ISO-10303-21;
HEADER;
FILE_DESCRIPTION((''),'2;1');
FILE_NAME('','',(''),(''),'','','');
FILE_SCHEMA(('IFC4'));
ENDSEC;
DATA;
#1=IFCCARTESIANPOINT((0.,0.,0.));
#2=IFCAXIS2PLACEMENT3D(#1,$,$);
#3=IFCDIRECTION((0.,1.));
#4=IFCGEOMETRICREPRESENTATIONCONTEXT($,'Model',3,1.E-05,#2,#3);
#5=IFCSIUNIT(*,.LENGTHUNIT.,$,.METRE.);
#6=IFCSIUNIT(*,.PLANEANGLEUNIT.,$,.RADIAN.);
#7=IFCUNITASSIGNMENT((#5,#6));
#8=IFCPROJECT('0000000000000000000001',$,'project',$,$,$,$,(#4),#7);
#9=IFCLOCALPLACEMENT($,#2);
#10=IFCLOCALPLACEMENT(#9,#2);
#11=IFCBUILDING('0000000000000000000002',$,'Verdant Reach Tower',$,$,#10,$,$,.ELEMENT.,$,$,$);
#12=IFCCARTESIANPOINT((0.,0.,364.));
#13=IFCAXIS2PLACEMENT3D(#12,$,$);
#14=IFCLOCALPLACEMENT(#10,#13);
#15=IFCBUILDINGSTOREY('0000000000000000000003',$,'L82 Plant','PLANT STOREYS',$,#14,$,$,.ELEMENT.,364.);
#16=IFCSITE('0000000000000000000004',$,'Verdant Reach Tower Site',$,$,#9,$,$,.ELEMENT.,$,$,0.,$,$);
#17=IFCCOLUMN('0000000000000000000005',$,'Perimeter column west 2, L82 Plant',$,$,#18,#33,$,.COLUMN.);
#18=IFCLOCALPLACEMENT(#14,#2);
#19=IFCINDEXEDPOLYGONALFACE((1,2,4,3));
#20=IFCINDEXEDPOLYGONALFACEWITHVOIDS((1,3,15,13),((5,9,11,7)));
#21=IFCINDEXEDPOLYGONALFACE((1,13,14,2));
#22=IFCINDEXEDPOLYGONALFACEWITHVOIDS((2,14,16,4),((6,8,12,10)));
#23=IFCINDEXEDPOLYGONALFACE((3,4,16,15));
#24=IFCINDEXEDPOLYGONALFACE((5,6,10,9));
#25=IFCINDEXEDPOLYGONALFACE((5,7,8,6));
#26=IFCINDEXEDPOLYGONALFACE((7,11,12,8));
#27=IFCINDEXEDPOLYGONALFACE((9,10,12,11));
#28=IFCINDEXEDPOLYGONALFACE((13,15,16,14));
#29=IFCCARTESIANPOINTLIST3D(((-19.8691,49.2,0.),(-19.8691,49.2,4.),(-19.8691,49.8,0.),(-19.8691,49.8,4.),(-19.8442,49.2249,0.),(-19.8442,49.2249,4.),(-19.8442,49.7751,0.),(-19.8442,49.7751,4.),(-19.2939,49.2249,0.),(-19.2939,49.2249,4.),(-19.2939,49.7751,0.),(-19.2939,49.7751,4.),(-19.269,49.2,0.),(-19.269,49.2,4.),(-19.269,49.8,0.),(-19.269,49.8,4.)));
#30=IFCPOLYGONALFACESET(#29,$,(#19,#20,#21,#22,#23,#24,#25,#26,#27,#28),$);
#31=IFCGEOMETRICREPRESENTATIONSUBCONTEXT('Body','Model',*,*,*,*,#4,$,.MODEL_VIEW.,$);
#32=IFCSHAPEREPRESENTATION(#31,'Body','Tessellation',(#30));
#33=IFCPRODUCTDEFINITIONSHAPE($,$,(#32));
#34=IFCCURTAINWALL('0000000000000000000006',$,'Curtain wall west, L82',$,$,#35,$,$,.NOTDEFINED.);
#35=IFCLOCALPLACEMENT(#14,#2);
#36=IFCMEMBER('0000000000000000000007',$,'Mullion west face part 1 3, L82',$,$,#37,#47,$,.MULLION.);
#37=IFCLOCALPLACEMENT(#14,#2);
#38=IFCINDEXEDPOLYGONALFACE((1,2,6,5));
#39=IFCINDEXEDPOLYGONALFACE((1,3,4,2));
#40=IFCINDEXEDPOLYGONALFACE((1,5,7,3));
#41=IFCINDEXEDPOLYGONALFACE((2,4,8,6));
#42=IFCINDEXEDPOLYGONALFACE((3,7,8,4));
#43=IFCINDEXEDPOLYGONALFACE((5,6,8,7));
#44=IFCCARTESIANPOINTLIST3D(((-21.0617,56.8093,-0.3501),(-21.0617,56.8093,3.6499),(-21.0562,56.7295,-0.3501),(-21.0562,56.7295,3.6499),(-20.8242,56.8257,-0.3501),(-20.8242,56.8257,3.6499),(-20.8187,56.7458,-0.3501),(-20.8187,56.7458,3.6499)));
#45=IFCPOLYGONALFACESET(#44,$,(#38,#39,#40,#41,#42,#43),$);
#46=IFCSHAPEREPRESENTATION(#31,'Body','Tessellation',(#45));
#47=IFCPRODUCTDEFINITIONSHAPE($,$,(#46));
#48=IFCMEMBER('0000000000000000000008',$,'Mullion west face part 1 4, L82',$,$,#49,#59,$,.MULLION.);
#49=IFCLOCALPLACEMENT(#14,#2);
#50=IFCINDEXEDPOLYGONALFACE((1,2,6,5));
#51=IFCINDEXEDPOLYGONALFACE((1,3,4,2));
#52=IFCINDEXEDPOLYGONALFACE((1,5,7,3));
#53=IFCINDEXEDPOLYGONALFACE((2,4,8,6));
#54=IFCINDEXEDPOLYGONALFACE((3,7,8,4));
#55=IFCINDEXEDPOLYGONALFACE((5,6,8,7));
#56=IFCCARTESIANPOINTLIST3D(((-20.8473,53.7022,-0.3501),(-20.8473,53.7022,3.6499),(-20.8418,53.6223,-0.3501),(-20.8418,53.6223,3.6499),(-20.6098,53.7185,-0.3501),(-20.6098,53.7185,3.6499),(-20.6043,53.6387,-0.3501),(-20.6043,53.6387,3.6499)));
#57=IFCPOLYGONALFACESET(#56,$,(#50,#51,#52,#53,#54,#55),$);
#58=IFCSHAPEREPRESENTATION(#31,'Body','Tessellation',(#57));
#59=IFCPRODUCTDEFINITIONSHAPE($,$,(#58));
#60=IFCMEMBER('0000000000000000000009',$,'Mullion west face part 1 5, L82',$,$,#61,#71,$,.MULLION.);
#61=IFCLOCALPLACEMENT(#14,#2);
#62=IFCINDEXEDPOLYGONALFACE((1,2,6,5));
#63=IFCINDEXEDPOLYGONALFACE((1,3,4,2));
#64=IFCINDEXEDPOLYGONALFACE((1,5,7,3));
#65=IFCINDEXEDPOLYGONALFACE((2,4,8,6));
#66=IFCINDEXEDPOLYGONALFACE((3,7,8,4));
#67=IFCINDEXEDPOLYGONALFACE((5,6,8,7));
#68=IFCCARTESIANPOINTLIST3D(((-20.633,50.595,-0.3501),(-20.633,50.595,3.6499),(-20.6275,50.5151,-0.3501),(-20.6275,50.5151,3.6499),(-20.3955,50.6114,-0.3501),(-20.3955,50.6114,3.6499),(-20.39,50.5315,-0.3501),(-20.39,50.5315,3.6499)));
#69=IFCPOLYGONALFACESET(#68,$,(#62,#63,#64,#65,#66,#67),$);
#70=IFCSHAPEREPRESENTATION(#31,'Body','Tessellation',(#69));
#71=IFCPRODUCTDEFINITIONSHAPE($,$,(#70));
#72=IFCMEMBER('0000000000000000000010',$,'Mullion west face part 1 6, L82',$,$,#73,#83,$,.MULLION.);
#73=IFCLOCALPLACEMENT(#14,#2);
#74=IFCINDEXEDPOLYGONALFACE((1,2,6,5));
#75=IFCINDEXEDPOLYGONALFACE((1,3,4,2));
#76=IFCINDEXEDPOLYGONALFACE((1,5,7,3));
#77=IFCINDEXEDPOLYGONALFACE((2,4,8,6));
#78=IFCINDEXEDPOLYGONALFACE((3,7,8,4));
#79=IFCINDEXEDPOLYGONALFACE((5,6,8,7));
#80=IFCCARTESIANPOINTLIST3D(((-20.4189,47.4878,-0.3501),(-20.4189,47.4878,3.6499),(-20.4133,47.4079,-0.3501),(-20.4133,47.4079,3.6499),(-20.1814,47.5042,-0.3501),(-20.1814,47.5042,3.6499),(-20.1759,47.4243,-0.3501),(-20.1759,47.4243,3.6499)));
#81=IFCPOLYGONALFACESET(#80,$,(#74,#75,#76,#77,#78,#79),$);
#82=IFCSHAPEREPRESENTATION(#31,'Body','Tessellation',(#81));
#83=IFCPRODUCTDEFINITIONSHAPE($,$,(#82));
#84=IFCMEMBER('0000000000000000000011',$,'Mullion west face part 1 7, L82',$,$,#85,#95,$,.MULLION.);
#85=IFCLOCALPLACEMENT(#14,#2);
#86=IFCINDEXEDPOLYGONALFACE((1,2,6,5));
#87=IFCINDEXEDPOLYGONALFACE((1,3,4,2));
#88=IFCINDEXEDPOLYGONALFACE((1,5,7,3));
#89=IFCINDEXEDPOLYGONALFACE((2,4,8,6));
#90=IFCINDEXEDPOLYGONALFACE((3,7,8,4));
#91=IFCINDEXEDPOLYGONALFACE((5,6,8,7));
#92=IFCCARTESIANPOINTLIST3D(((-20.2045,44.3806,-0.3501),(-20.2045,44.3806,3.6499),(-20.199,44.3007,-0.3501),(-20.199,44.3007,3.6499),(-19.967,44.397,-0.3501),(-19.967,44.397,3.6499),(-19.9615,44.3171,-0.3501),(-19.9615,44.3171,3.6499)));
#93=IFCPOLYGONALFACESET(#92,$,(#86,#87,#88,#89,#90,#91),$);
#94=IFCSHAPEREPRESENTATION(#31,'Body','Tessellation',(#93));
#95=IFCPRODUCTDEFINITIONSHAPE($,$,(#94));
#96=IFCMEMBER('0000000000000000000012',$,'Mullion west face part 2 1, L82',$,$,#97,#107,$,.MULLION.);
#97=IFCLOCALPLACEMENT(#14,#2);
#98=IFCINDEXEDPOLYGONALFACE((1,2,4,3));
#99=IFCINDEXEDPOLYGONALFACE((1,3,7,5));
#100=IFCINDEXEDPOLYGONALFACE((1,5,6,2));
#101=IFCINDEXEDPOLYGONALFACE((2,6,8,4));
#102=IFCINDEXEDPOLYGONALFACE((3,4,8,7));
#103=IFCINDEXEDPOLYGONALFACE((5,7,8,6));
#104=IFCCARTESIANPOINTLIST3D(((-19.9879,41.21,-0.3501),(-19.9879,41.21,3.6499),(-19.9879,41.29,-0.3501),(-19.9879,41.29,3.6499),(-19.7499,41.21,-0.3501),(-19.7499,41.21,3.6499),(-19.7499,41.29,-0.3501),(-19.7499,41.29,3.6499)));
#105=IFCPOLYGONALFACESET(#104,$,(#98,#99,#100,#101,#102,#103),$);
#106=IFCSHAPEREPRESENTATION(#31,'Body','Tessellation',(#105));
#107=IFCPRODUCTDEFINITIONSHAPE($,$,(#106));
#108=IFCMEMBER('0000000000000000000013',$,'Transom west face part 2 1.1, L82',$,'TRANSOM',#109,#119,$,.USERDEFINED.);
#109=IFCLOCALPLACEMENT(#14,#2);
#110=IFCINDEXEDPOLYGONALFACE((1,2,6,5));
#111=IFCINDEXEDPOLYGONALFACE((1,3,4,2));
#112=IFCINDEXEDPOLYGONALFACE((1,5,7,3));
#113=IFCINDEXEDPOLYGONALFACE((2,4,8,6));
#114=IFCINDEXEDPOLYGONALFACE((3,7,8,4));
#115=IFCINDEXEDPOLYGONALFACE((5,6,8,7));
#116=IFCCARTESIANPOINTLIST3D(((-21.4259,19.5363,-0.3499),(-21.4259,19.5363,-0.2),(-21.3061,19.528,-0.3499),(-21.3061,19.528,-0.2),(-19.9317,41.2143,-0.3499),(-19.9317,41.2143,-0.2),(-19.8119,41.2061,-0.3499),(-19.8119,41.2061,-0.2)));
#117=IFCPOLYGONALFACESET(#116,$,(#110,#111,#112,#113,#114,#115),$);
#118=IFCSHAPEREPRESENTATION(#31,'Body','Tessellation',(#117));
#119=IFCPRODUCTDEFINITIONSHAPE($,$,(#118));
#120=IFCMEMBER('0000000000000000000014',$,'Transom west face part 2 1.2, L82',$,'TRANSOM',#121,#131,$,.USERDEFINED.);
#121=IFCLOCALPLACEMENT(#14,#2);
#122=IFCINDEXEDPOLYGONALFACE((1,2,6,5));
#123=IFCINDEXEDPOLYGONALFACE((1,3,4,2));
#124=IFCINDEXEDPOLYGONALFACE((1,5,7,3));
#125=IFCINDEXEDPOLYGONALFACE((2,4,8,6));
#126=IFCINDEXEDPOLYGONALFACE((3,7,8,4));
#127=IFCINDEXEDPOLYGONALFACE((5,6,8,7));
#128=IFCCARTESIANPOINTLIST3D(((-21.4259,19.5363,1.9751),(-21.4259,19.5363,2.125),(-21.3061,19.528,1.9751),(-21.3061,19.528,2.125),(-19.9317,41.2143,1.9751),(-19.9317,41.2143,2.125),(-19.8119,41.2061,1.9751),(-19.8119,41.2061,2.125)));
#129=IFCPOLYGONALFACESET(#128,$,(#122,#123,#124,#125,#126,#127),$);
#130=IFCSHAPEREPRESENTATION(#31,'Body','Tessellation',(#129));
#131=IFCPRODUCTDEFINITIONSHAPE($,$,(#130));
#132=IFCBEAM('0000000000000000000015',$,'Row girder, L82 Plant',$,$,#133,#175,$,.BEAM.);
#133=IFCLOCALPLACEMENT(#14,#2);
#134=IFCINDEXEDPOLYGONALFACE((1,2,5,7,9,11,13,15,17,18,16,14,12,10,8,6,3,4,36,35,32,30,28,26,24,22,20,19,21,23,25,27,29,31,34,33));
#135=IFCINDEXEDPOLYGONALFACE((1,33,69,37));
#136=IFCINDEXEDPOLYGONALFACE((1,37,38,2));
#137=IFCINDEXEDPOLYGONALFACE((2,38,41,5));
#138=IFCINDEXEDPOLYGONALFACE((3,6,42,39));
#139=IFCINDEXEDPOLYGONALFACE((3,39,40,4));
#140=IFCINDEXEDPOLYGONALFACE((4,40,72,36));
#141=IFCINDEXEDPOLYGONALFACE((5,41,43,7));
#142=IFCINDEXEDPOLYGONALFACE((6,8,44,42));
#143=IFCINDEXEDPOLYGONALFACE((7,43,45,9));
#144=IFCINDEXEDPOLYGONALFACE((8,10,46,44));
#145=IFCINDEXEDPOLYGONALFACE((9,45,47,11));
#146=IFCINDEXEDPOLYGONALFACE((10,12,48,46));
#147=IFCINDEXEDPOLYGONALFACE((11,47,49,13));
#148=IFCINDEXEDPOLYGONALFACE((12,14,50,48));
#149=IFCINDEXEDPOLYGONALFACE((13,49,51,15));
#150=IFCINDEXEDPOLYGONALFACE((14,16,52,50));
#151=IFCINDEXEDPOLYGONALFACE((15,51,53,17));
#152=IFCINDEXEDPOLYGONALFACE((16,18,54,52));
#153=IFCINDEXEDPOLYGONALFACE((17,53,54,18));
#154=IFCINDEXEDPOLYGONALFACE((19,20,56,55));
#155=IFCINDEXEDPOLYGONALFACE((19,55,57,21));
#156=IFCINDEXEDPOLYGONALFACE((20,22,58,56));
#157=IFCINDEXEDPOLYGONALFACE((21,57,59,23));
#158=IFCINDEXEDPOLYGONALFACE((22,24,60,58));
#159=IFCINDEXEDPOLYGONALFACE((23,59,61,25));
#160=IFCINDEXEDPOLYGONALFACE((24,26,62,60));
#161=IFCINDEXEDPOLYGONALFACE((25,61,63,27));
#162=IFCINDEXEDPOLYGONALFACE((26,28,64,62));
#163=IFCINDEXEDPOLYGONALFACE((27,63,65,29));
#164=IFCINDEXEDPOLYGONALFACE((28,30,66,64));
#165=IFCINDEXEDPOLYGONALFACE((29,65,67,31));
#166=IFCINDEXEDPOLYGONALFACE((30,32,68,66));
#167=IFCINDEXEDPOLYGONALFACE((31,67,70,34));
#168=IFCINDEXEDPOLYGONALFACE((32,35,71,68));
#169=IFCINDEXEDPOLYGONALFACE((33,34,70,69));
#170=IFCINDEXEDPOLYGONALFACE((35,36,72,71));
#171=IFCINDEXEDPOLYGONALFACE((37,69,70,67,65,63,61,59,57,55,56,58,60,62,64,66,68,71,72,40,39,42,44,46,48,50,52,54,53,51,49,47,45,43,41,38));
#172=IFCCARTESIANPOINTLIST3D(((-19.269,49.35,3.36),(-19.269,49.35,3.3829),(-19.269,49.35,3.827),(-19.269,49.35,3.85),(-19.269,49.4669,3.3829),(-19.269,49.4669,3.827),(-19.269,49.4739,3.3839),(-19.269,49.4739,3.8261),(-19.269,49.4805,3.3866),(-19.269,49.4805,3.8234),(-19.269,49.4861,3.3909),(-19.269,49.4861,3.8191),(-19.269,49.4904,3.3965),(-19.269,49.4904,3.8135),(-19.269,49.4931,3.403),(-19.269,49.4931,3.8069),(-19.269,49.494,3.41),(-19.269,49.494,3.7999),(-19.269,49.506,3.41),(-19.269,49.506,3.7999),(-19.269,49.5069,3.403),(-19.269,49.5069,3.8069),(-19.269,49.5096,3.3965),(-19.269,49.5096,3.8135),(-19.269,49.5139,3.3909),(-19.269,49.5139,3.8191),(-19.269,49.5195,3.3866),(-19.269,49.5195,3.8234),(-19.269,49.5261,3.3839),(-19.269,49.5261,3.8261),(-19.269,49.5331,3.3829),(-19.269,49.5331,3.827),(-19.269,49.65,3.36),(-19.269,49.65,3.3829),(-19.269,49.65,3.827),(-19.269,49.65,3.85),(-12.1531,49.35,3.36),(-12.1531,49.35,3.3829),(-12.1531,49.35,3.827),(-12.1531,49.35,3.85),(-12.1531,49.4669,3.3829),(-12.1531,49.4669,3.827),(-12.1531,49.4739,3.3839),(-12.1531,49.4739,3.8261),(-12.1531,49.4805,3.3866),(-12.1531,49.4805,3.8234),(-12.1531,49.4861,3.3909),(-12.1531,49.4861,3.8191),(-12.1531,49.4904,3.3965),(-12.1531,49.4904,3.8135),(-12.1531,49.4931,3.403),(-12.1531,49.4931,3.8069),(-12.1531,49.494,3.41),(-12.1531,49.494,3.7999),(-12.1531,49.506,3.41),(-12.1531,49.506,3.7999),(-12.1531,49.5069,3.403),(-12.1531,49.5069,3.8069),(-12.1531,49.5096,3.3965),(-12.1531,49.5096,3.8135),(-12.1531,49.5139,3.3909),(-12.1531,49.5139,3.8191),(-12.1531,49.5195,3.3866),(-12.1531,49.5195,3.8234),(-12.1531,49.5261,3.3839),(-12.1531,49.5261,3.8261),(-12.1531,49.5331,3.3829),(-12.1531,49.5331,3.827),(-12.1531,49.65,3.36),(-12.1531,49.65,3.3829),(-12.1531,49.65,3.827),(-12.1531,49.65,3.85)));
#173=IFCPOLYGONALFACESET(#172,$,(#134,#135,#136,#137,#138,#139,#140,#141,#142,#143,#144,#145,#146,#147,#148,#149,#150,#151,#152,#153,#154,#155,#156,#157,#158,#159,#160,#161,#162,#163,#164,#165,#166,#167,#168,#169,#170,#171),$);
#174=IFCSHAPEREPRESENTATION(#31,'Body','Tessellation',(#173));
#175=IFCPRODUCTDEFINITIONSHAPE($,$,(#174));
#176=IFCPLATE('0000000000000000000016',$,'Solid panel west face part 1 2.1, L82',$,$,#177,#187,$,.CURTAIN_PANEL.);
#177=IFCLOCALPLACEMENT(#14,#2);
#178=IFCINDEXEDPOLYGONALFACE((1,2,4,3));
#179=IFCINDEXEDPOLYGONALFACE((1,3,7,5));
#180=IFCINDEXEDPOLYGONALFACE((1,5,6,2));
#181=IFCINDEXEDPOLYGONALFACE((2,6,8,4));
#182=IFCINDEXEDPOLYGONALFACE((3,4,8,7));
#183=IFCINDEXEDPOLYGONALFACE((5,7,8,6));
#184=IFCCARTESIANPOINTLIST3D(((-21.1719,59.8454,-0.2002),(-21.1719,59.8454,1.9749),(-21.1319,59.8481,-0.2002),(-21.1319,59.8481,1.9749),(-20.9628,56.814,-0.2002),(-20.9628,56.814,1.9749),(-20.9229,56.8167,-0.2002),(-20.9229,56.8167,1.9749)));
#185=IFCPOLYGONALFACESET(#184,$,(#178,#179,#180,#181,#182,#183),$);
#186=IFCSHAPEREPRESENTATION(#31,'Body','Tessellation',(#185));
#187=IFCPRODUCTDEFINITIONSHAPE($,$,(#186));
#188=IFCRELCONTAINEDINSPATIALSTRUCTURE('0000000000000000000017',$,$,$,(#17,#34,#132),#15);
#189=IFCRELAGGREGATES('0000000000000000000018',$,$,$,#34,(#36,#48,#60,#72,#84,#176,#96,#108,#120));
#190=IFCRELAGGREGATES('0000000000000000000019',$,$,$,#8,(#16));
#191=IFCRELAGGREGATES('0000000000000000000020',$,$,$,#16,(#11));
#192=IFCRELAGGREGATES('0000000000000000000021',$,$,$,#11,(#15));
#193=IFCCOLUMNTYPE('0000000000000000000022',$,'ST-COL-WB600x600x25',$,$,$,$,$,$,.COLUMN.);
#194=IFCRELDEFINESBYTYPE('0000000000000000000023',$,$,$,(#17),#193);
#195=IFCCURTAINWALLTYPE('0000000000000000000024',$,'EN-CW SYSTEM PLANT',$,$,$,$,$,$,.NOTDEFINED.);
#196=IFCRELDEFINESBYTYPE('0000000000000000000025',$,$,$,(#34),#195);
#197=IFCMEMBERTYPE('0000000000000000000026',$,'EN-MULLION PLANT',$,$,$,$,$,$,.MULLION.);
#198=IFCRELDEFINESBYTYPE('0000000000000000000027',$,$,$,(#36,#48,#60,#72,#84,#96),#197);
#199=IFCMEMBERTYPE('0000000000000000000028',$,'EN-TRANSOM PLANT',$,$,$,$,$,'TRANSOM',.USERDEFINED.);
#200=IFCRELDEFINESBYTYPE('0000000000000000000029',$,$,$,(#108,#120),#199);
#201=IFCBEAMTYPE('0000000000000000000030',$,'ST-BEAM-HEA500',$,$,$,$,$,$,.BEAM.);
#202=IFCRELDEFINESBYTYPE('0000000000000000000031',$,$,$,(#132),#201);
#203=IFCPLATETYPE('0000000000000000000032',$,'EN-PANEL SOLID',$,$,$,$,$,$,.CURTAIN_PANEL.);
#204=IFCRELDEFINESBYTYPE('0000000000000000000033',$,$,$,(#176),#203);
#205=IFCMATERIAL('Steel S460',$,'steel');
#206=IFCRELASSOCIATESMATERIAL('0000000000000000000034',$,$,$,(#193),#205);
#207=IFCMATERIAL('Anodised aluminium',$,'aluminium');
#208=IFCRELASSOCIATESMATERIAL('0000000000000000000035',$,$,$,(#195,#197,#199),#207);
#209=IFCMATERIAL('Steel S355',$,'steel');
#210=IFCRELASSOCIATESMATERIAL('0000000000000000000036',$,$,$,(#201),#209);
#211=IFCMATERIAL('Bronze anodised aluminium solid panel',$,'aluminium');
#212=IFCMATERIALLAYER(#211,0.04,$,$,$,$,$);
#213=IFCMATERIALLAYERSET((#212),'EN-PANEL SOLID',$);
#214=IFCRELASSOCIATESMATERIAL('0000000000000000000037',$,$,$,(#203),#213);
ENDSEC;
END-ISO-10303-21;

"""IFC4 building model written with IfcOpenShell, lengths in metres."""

from ifc_helpers import new_model, si_unit, direction, frame, origin, origin_2d, place, context, subcontext, project, spatial, rectangle, hollow_rectangle, i_section, extrude, material, layer, layer_set, material_profile, profile_set, type_object, element, aggregate, save


model = new_model("IFC4")

# Units and contexts
model_context = context("Model", 3, precision=1e-05, world=origin(), true_north=direction((0.0, 1.0)))
body_context = subcontext(model_context, "Body", "Model", "MODEL_VIEW")
ifc_project = project(units=[si_unit("LENGTHUNIT", "METRE"), si_unit("PLANEANGLEUNIT", "RADIAN")], contexts=[model_context])

# Site, building, storey
site_placement = place(None, origin())
site = spatial("IfcSite", under=ifc_project, at=site_placement, Name="Verdant Reach Tower Site", CompositionType="ELEMENT", RefElevation=0.0)
building_placement = place(site_placement, origin())
building = spatial("IfcBuilding", under=site, at=building_placement, Name="Verdant Reach Tower", CompositionType="ELEMENT")
storey_placement = place(building_placement, frame((0.0, 0.0, 364.0)))
storey = spatial("IfcBuildingStorey", under=building, at=storey_placement, Name="L82 Plant", Description="PLANT STOREYS", CompositionType="ELEMENT", Elevation=364.0)

# Column
ifc_material_1 = material(Name="Steel S460", Category="steel")
ifc_material_profile_1 = material_profile(ifc_material_1, hollow_rectangle(XDim=0.6001, YDim=0.6001, WallThickness=0.0249, at=origin_2d()), Name="WB 600x600x25")
ifc_profile_set_1 = profile_set([ifc_material_profile_1], Name="Steel S460")
column_type = type_object("IfcColumnType", Name="ST-COL-WB600x600x25", PredefinedType="COLUMN", material=ifc_profile_set_1)
column_placement = place(storey_placement, frame((-19.5691, 49.5, 0.0), z_axis=(0.0, 0.0, 1.0), x_axis=(1.0, 0.0, 0.0)))
element("IfcColumn", 1, at=column_placement, inside=storey, type_object=column_type, Name="Perimeter column west 2, L82 Plant", PredefinedType="COLUMN", context=body_context, shape_type="SweptSolid", body=[
    extrude(hollow_rectangle(XDim=0.6001, YDim=0.6001, WallThickness=0.0249, at=origin_2d()), origin(), (0.0, 0.0, 1.0), 4.0),
])

# Curtain wall, members
ifc_material_2 = material(Name="Anodised aluminium", Category="aluminium")
curtain_wall_type = type_object("IfcCurtainWallType", Name="EN-CW SYSTEM PLANT", PredefinedType="NOTDEFINED", material=ifc_material_2)
curtain_wall_placement = place(storey_placement, origin())
curtain_wall = element("IfcCurtainWall", 2, at=curtain_wall_placement, inside=storey, type_object=curtain_wall_type, Name="Curtain wall west, L82", PredefinedType="NOTDEFINED")
ifc_material_profile_2 = material_profile(ifc_material_2, rectangle(XDim=0.238, YDim=0.0801, at=origin_2d()), Name="Mullion 80x240")
ifc_profile_set_2 = profile_set([ifc_material_profile_2], Name="Anodised aluminium")
member_type_1 = type_object("IfcMemberType", Name="EN-MULLION PLANT", PredefinedType="MULLION", material=ifc_profile_set_2)
member_1_placement = place(storey_placement, frame((-20.9402, 56.7776, -0.3501), z_axis=(0.0, 0.0, 1.0), x_axis=(-0.99763, -0.068802, 0.0)))
member_1 = element("IfcMember", 3, at=member_1_placement, type_object=member_type_1, Name="Mullion west face part 1 3, L82", PredefinedType="MULLION", context=body_context, shape_type="SweptSolid", body=[
    extrude(rectangle(XDim=0.238, YDim=0.0801, at=origin_2d()), origin(), (0.0, 0.0, 1.0), 4.0),
])
member_2_placement = place(storey_placement, frame((-20.7258, 53.6704, -0.3501), z_axis=(0.0, 0.0, 1.0), x_axis=(-0.99763, -0.068802, 0.0)))
member_2 = element("IfcMember", 4, at=member_2_placement, type_object=member_type_1, Name="Mullion west face part 1 4, L82", PredefinedType="MULLION", context=body_context, shape_type="SweptSolid", body=[
    extrude(rectangle(XDim=0.238, YDim=0.0801, at=origin_2d()), origin(), (0.0, 0.0, 1.0), 4.0),
])
member_3_placement = place(storey_placement, frame((-20.5115, 50.5632, -0.3501), z_axis=(0.0, 0.0, 1.0), x_axis=(-0.99763, -0.068802, 0.0)))
member_3 = element("IfcMember", 5, at=member_3_placement, type_object=member_type_1, Name="Mullion west face part 1 5, L82", PredefinedType="MULLION", context=body_context, shape_type="SweptSolid", body=[
    extrude(rectangle(XDim=0.238, YDim=0.0801, at=origin_2d()), origin(), (0.0, 0.0, 1.0), 4.0),
])
member_4_placement = place(storey_placement, frame((-20.2974, 47.4561, -0.3501), z_axis=(0.0, 0.0, 1.0), x_axis=(-0.99763, -0.068802, 0.0)))
member_4 = element("IfcMember", 6, at=member_4_placement, type_object=member_type_1, Name="Mullion west face part 1 6, L82", PredefinedType="MULLION", context=body_context, shape_type="SweptSolid", body=[
    extrude(rectangle(XDim=0.238, YDim=0.0801, at=origin_2d()), origin(), (0.0, 0.0, 1.0), 4.0),
])
member_5_placement = place(storey_placement, frame((-20.083, 44.3489, -0.3501), z_axis=(0.0, 0.0, 1.0), x_axis=(-0.99763, -0.068802, 0.0)))
member_5 = element("IfcMember", 7, at=member_5_placement, type_object=member_type_1, Name="Mullion west face part 1 7, L82", PredefinedType="MULLION", context=body_context, shape_type="SweptSolid", body=[
    extrude(rectangle(XDim=0.238, YDim=0.0801, at=origin_2d()), origin(), (0.0, 0.0, 1.0), 4.0),
])
member_6_placement = place(storey_placement, frame((-19.8689, 41.25, -0.3501), z_axis=(0.0, 0.0, 1.0), x_axis=(-1.0, 0.0, 0.0)))
member_6 = element("IfcMember", 8, at=member_6_placement, type_object=member_type_1, Name="Mullion west face part 2 1, L82", PredefinedType="MULLION", context=body_context, shape_type="SweptSolid", body=[
    extrude(rectangle(XDim=0.238, YDim=0.0801, at=origin_2d()), origin(), (0.0, 0.0, 1.0), 4.0),
])
ifc_material_profile_3 = material_profile(ifc_material_2, rectangle(XDim=0.1201, YDim=0.1499, at=origin_2d()), Name="Transom 150x120")
ifc_profile_set_3 = profile_set([ifc_material_profile_3], Name="Anodised aluminium")
member_type_2 = type_object("IfcMemberType", Name="EN-TRANSOM PLANT", ElementType="TRANSOM", PredefinedType="USERDEFINED", material=ifc_profile_set_3)
member_7_placement = place(storey_placement, frame((-19.8718, 41.2102, -0.2749), z_axis=(-0.068761, -0.997633, 0.0), x_axis=(0.997633, -0.068761, 0.0)))
member_7 = element("IfcMember", 9, at=member_7_placement, type_object=member_type_2, Name="Transom west face part 2 1.1, L82", ObjectType="TRANSOM", PredefinedType="USERDEFINED", context=body_context, shape_type="SweptSolid", body=[
    extrude(rectangle(XDim=0.1201, YDim=0.1499, at=origin_2d()), origin(), (0.0, 0.0, 1.0), 21.7295),
])
member_8_placement = place(storey_placement, frame((-19.8718, 41.2102, 2.05), z_axis=(-0.068761, -0.997633, 0.0), x_axis=(0.997633, -0.068761, 0.0)))
member_8 = element("IfcMember", 10, at=member_8_placement, type_object=member_type_2, Name="Transom west face part 2 1.2, L82", ObjectType="TRANSOM", PredefinedType="USERDEFINED", context=body_context, shape_type="SweptSolid", body=[
    extrude(rectangle(XDim=0.1201, YDim=0.1499, at=origin_2d()), origin(), (0.0, 0.0, 1.0), 21.7295),
])

# Beam
ifc_material_3 = material(Name="Steel S355", Category="steel")
ifc_material_profile_4 = material_profile(ifc_material_3, i_section(OverallWidth=0.3, OverallDepth=0.49, WebThickness=0.012, FlangeThickness=0.0229, FilletRadius=0.0271, at=origin_2d()), Name="HEA 500")
ifc_profile_set_4 = profile_set([ifc_material_profile_4], Name="Steel S355")
beam_type = type_object("IfcBeamType", Name="ST-BEAM-HEA500", PredefinedType="BEAM", material=ifc_profile_set_4)
beam_placement = place(storey_placement, frame((-19.269, 49.5, 3.605), z_axis=(1.0, 0.0, 0.0), x_axis=(0.0, 1.0, 0.0)))
element("IfcBeam", 11, at=beam_placement, inside=storey, type_object=beam_type, Name="Row girder, L82 Plant", PredefinedType="BEAM", context=body_context, shape_type="SweptSolid", body=[
    extrude(i_section(OverallWidth=0.3, OverallDepth=0.49, WebThickness=0.012, FlangeThickness=0.0229, FilletRadius=0.0271, at=origin_2d()), origin(), (0.0, 0.0, 1.0), 7.116),
])

# Plate
ifc_material_4 = material(Name="Bronze anodised aluminium solid panel", Category="aluminium")
ifc_layer_1 = layer(ifc_material_4, 0.04)
ifc_layer_set_1 = layer_set([ifc_layer_1], Name="EN-PANEL SOLID")
plate_type = type_object("IfcPlateType", Name="EN-PANEL SOLID", PredefinedType="CURTAIN_PANEL", material=ifc_layer_set_1)
plate_1_placement = place(storey_placement, frame((-21.0474, 58.3311, -0.2002), z_axis=(0.0, 0.0, 1.0), x_axis=(0.068802, -0.99763, 0.0)))
plate_1 = element("IfcPlate", 12, at=plate_1_placement, type_object=plate_type, Name="Solid panel west face part 1 2.1, L82", PredefinedType="CURTAIN_PANEL", context=body_context, shape_type="SweptSolid", body=[
    extrude(rectangle(XDim=3.0386, YDim=0.04, at=origin_2d()), origin(), (0.0, 0.0, 1.0), 2.175),
])

aggregate(curtain_wall, [member_1, member_2, member_3, member_4, member_5, plate_1, member_6, member_7, member_8])

save(model, "model.ifc")
